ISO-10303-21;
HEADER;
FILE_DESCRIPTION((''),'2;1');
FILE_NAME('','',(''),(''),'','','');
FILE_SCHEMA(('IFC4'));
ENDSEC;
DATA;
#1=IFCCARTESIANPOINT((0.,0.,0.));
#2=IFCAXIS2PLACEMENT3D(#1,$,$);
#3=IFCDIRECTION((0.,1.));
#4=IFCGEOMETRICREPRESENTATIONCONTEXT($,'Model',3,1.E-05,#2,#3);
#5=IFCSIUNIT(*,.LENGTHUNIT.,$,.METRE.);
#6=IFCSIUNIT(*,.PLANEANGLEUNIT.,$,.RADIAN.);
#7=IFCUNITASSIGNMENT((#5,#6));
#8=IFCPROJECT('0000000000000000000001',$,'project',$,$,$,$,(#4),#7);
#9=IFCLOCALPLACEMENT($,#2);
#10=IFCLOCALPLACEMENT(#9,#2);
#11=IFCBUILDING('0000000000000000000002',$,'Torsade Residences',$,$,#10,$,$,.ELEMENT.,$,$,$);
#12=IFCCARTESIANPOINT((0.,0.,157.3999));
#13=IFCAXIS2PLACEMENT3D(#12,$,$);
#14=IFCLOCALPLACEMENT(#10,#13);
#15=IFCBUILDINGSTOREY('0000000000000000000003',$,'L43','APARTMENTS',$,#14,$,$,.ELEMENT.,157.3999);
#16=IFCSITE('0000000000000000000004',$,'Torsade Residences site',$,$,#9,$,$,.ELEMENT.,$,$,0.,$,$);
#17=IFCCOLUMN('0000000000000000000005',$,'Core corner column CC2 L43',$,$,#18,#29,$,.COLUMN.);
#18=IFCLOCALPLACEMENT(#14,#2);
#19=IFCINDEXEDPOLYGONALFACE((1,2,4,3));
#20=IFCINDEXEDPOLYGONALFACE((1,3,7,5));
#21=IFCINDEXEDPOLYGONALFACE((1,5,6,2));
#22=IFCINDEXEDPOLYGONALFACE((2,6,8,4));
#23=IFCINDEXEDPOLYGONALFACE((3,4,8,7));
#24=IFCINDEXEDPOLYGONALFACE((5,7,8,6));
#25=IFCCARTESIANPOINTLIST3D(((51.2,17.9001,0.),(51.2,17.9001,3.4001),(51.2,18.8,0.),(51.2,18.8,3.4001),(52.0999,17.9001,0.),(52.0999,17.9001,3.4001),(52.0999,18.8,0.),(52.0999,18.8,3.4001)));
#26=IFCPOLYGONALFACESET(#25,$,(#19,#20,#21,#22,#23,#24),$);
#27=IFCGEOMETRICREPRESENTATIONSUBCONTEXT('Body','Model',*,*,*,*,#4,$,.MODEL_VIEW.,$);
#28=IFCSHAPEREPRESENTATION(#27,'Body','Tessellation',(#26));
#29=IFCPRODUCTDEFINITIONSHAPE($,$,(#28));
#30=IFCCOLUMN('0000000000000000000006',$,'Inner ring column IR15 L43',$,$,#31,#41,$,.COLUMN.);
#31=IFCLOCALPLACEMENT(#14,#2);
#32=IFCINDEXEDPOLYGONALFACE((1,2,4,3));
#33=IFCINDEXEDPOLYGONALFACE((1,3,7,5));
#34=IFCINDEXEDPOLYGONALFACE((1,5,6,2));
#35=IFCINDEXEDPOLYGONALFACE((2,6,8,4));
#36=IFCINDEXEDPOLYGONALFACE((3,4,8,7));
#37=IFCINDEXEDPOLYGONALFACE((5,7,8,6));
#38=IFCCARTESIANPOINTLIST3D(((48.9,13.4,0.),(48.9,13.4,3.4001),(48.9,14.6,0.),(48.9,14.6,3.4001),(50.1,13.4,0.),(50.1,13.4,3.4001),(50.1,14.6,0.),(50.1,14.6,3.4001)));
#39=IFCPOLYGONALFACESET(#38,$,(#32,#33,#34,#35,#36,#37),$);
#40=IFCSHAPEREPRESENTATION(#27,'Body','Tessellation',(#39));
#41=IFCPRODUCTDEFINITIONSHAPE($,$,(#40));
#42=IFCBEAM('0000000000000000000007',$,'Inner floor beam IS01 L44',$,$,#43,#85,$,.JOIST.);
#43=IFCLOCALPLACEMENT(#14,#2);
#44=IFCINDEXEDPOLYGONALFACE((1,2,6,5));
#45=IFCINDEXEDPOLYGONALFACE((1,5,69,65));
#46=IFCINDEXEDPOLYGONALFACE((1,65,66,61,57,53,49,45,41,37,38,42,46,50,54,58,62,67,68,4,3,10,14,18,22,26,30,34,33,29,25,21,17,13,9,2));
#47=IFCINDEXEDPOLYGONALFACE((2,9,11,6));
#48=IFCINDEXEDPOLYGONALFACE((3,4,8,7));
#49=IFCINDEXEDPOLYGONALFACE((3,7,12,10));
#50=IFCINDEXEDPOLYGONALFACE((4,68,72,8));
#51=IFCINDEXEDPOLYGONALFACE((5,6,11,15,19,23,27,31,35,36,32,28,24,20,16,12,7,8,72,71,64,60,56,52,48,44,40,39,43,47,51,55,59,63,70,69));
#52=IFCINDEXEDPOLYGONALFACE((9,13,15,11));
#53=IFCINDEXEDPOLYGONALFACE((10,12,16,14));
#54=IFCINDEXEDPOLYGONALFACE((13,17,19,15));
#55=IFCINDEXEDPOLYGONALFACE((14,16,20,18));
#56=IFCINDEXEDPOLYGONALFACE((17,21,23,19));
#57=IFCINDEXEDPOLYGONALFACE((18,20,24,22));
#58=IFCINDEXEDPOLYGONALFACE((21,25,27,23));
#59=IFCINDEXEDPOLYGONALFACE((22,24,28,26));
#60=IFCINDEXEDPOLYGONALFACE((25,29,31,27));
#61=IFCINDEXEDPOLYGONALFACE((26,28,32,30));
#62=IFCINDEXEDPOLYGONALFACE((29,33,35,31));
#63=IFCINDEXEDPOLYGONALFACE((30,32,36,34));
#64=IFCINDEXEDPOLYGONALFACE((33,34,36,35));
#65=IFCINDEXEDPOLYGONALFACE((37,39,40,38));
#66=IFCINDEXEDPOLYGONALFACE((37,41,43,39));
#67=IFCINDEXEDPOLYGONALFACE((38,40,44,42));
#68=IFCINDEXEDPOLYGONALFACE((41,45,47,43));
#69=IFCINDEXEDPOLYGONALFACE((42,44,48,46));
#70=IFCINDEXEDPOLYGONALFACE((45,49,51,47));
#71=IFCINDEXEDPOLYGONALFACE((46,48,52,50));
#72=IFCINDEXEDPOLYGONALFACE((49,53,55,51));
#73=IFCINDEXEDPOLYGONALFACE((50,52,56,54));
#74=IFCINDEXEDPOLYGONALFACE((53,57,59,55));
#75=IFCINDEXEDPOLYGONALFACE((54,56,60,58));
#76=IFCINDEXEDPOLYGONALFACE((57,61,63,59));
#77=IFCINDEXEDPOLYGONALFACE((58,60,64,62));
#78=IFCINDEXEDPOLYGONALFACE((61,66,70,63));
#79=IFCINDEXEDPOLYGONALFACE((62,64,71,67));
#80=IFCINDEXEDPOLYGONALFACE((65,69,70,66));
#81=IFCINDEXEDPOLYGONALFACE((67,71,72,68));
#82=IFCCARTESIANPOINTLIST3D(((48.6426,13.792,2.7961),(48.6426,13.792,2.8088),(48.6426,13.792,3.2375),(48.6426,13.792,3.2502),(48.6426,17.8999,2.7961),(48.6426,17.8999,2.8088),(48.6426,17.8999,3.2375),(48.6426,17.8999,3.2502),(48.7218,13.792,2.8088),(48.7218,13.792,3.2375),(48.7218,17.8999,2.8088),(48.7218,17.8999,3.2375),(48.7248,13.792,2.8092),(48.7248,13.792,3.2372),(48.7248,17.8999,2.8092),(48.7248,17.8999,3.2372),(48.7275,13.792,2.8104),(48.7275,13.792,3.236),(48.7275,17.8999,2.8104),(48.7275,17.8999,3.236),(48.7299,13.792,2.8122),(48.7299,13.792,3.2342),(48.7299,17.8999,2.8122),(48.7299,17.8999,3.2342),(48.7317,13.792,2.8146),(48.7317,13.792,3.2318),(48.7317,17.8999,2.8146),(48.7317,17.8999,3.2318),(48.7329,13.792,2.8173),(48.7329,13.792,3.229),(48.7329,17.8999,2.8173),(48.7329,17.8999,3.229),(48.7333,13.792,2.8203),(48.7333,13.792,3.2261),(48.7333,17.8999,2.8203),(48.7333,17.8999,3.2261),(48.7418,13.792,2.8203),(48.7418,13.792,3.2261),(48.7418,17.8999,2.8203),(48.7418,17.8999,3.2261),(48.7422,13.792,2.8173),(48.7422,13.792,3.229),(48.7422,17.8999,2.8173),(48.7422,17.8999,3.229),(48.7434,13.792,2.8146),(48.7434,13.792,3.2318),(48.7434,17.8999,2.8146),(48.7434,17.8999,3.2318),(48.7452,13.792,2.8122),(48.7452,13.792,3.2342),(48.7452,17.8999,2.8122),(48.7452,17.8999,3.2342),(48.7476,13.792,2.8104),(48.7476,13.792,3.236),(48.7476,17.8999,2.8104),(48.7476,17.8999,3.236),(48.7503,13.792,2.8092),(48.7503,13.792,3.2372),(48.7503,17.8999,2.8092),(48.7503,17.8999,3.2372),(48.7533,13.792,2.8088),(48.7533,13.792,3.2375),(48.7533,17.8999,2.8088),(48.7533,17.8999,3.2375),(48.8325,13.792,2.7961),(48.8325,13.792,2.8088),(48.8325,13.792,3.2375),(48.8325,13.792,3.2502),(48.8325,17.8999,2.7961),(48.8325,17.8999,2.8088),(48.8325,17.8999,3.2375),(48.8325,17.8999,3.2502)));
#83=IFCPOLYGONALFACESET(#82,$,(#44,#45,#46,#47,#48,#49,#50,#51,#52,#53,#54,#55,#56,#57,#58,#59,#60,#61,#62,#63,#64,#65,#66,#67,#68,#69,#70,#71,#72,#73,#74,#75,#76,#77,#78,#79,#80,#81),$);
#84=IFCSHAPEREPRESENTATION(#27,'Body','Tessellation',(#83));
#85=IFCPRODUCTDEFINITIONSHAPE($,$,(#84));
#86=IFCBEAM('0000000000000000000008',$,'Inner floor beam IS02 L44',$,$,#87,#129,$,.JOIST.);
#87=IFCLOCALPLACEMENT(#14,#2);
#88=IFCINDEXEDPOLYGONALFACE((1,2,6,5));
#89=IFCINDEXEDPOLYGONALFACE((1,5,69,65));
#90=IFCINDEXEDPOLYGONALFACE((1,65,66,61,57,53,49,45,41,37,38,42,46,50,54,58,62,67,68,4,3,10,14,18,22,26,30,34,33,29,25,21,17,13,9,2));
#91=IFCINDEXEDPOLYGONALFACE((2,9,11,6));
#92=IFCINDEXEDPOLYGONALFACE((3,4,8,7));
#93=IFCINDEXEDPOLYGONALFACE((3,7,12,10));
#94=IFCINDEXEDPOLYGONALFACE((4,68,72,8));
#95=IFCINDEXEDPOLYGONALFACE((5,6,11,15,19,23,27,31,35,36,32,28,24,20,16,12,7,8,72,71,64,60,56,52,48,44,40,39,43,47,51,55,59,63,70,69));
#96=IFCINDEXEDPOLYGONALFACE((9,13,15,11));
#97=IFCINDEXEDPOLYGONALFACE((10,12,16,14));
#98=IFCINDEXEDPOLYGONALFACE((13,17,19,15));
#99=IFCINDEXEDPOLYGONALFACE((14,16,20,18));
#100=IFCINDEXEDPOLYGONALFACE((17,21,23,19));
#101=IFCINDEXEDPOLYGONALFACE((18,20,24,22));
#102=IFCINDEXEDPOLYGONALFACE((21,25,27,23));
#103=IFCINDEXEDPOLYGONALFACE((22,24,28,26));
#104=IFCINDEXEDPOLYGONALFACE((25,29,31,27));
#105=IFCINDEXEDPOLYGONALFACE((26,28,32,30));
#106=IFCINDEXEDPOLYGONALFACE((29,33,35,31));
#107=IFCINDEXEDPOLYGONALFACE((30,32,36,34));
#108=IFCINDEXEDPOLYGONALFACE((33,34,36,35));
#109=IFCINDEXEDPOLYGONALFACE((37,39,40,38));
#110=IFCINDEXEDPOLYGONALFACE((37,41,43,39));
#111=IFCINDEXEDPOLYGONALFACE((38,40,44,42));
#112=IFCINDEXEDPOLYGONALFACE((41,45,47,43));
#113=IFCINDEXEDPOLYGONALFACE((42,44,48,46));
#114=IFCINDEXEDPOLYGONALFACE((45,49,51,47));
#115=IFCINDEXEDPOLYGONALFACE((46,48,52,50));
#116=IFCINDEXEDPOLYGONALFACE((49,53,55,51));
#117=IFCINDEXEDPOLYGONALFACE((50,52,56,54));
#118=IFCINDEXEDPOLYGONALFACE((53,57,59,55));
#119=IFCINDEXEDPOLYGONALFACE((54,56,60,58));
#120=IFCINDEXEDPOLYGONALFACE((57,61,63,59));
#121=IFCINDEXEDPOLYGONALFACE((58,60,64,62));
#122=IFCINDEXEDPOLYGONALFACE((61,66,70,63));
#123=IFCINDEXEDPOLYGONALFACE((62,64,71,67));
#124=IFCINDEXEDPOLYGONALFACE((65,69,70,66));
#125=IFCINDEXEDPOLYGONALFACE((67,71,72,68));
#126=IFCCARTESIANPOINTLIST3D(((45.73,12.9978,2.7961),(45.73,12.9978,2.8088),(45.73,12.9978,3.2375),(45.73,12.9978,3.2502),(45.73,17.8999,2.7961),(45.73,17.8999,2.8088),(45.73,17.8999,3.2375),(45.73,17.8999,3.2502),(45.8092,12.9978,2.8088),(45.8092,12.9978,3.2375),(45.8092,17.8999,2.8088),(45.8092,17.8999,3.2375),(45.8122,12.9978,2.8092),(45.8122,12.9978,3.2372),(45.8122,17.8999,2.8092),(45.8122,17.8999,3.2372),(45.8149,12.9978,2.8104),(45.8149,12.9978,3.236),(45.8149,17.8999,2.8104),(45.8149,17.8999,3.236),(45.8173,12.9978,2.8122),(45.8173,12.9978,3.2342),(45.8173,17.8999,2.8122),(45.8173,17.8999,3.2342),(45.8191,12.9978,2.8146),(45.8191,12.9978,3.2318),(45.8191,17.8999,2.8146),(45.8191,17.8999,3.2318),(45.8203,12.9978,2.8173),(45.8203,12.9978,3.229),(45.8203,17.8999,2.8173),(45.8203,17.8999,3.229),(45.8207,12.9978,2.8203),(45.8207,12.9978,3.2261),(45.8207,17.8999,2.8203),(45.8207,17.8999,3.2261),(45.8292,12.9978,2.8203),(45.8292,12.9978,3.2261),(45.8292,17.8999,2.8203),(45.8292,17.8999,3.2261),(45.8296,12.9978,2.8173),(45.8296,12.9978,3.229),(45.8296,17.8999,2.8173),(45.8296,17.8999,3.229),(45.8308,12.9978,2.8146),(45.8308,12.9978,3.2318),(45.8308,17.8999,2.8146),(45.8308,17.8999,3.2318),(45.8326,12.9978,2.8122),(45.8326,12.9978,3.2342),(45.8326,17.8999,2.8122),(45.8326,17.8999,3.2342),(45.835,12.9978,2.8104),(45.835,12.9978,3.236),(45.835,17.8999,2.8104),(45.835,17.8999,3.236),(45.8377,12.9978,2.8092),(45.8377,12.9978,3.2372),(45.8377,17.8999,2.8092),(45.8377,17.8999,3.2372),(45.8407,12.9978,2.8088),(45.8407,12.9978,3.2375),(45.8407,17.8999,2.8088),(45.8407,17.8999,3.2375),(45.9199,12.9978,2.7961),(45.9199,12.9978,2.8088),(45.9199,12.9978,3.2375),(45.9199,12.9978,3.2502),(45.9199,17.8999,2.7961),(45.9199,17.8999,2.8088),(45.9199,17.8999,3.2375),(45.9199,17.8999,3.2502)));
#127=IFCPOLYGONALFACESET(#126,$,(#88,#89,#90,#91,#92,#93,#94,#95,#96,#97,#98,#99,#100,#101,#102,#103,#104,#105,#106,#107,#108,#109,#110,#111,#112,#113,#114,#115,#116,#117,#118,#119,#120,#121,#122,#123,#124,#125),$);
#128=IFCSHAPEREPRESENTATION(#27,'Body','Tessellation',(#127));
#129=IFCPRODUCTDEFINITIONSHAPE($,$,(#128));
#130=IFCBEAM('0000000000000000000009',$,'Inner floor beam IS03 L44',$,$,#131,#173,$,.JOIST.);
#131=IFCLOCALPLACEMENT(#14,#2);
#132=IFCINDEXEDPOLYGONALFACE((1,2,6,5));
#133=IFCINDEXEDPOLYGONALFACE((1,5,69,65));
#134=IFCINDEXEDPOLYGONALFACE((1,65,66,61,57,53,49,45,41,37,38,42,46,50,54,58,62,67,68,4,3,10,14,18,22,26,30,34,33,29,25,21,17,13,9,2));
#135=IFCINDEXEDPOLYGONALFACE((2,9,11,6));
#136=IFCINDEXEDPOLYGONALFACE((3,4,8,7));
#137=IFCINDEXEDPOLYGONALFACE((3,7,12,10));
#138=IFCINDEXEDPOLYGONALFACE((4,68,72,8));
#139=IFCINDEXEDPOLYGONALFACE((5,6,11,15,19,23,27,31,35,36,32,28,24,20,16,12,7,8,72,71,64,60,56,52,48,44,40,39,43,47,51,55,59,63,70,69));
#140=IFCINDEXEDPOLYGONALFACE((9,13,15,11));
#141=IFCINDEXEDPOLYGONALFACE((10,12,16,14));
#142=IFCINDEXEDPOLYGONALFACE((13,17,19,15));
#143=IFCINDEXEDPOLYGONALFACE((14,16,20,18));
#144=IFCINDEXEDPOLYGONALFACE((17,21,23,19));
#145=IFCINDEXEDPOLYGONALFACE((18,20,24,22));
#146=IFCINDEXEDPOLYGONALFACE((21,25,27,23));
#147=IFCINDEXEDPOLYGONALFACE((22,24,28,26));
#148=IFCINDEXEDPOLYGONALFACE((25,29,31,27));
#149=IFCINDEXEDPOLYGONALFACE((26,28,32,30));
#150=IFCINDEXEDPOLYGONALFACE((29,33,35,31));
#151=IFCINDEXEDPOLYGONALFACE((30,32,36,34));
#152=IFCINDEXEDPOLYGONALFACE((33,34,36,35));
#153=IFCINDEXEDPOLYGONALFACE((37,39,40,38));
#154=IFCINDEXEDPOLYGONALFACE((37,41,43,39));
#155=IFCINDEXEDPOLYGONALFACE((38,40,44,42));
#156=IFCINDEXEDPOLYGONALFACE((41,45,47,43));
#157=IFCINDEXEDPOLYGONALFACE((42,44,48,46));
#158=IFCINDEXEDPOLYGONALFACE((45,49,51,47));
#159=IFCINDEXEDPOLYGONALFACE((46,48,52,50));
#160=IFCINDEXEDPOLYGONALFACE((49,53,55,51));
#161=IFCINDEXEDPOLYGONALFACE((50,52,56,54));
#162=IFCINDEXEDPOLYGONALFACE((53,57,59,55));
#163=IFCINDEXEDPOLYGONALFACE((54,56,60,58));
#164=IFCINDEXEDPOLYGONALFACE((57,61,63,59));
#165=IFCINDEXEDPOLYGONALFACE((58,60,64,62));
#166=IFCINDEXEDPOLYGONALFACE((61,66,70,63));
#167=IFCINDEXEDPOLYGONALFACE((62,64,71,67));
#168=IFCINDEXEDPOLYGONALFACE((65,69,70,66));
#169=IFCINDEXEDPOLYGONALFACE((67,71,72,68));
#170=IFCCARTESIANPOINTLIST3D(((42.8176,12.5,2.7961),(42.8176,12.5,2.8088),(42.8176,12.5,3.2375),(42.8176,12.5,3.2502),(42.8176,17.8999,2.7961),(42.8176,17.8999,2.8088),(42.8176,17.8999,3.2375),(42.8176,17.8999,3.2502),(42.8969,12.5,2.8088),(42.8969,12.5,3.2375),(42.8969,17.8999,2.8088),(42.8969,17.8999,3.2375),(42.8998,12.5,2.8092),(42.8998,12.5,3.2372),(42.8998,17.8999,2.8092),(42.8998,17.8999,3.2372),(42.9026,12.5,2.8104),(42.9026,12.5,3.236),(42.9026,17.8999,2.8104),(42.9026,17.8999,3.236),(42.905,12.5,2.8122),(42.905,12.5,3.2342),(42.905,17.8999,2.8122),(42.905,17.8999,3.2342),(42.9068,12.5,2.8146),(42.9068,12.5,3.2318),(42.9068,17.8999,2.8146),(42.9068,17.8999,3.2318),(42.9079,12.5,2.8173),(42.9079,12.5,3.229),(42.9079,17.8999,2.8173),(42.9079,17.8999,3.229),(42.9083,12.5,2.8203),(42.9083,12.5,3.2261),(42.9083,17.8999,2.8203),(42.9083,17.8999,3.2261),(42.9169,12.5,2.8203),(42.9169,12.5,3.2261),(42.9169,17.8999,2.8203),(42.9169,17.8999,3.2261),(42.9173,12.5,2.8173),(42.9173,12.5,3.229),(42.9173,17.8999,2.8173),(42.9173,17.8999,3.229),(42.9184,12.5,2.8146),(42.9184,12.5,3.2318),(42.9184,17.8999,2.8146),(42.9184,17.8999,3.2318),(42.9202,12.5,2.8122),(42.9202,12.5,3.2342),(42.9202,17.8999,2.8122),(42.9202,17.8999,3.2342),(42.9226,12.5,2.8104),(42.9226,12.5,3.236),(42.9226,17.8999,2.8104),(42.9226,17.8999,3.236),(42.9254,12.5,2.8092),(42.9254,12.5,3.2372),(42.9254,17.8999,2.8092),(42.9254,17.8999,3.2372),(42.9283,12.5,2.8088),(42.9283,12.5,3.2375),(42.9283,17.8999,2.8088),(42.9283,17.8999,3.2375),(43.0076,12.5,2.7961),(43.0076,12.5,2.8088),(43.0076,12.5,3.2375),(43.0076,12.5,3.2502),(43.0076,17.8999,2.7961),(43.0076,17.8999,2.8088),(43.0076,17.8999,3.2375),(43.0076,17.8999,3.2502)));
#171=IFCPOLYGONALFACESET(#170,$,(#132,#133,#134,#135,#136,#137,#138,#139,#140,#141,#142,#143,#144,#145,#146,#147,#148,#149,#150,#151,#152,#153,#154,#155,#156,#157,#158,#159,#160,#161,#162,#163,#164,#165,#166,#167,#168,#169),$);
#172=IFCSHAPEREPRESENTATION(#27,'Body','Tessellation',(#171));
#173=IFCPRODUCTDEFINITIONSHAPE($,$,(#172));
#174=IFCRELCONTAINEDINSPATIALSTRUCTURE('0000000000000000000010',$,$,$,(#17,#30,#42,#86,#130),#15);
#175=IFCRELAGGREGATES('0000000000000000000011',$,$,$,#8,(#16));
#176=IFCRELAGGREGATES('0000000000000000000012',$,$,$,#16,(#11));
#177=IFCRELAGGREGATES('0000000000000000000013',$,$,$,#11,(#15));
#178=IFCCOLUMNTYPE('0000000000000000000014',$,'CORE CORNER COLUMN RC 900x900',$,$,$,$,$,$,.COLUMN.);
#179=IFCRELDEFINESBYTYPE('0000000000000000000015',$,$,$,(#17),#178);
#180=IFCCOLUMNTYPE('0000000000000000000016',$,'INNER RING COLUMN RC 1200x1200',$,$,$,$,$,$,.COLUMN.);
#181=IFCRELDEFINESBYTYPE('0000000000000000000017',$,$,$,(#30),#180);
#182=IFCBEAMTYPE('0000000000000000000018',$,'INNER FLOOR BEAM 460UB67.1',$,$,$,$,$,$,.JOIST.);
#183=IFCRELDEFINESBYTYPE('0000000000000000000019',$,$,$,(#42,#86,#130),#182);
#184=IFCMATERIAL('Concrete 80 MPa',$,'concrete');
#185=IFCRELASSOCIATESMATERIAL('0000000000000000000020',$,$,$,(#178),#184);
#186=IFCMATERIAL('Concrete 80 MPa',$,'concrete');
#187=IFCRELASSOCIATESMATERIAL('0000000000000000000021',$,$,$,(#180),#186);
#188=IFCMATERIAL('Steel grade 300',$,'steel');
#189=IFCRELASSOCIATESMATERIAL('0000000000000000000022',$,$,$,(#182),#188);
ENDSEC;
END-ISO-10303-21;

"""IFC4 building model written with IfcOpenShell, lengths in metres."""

from ifc_helpers import new_model, si_unit, direction, frame, origin, origin_2d, place, context, subcontext, project, spatial, rectangle, i_section, extrude, material, material_profile, profile_set, type_object, element, save


model = new_model("IFC4")

# Units and contexts
model_context = context("Model", 3, precision=1e-05, world=origin(), true_north=direction((0.0, 1.0)))
body_context = subcontext(model_context, "Body", "Model", "MODEL_VIEW")
ifc_project = project(units=[si_unit("LENGTHUNIT", "METRE"), si_unit("PLANEANGLEUNIT", "RADIAN")], contexts=[model_context])

# Site, building, storey
site_placement = place(None, origin())
site = spatial("IfcSite", under=ifc_project, at=site_placement, Name="Torsade Residences site", CompositionType="ELEMENT", RefElevation=0.0)
building_placement = place(site_placement, origin())
building = spatial("IfcBuilding", under=site, at=building_placement, Name="Torsade Residences", CompositionType="ELEMENT")
storey_placement = place(building_placement, frame((0.0, 0.0, 157.3999)))
storey = spatial("IfcBuildingStorey", under=building, at=storey_placement, Name="L43", Description="APARTMENTS", CompositionType="ELEMENT", Elevation=157.3999)

# Columns
ifc_material_1 = material(Name="Concrete 80 MPa", Category="concrete")
ifc_material_profile_1 = material_profile(ifc_material_1, rectangle(XDim=0.8999, YDim=0.8999, at=origin_2d()), Name="RC 900x900")
ifc_profile_set_1 = profile_set([ifc_material_profile_1], Name="Concrete 80 MPa")
column_type_1 = type_object("IfcColumnType", Name="CORE CORNER COLUMN RC 900x900", PredefinedType="COLUMN", material=ifc_profile_set_1)
column_1_placement = place(storey_placement, frame((51.6499, 18.3501, 0.0), z_axis=(0.0, 0.0, 1.0), x_axis=(1.0, 0.0, 0.0)))
element("IfcColumn", 1, at=column_1_placement, inside=storey, type_object=column_type_1, Name="Core corner column CC2 L43", PredefinedType="COLUMN", context=body_context, shape_type="SweptSolid", body=[
    extrude(rectangle(XDim=0.8999, YDim=0.8999, at=origin_2d()), origin(), (0.0, 0.0, 1.0), 3.4001),
])
ifc_material_2 = material(Name="Concrete 80 MPa", Category="concrete")
ifc_material_profile_2 = material_profile(ifc_material_2, rectangle(XDim=1.2, YDim=1.2, at=origin_2d()), Name="RC 1200x1200")
ifc_profile_set_2 = profile_set([ifc_material_profile_2], Name="Concrete 80 MPa")
column_type_2 = type_object("IfcColumnType", Name="INNER RING COLUMN RC 1200x1200", PredefinedType="COLUMN", material=ifc_profile_set_2)
column_2_placement = place(storey_placement, frame((49.5, 14.0, 0.0), z_axis=(0.0, 0.0, 1.0), x_axis=(1.0, 0.0, 0.0)))
element("IfcColumn", 2, at=column_2_placement, inside=storey, type_object=column_type_2, Name="Inner ring column IR15 L43", PredefinedType="COLUMN", context=body_context, shape_type="SweptSolid", body=[
    extrude(rectangle(XDim=1.2, YDim=1.2, at=origin_2d()), origin(), (0.0, 0.0, 1.0), 3.4001),
])

# Beams
ifc_material_3 = material(Name="Steel grade 300", Category="steel")
ifc_material_profile_3 = material_profile(ifc_material_3, i_section(OverallWidth=0.1899, OverallDepth=0.4541, WebThickness=0.0085, FlangeThickness=0.0127, FilletRadius=0.0115, at=origin_2d()), Name="460UB67.1")
ifc_profile_set_3 = profile_set([ifc_material_profile_3], Name="Steel grade 300")
beam_type_1 = type_object("IfcBeamType", Name="INNER FLOOR BEAM 460UB67.1", PredefinedType="JOIST", material=ifc_profile_set_3)
beam_1_placement = place(storey_placement, frame((48.7375, 17.8999, 3.0232), z_axis=(0.0, -1.0, 0.0), x_axis=(1.0, 0.0, 0.0)))
element("IfcBeam", 3, at=beam_1_placement, inside=storey, type_object=beam_type_1, Name="Inner floor beam IS01 L44", PredefinedType="JOIST", context=body_context, shape_type="SweptSolid", body=[
    extrude(i_section(OverallWidth=0.1899, OverallDepth=0.4541, WebThickness=0.0085, FlangeThickness=0.0127, FilletRadius=0.0115, at=origin_2d()), origin(), (0.0, 0.0, 1.0), 4.1079),
])
beam_2_placement = place(storey_placement, frame((45.825, 17.8999, 3.0232), z_axis=(0.0, -1.0, 0.0), x_axis=(1.0, 0.0, 0.0)))
element("IfcBeam", 4, at=beam_2_placement, inside=storey, type_object=beam_type_1, Name="Inner floor beam IS02 L44", PredefinedType="JOIST", context=body_context, shape_type="SweptSolid", body=[
    extrude(i_section(OverallWidth=0.1899, OverallDepth=0.4541, WebThickness=0.0085, FlangeThickness=0.0127, FilletRadius=0.0115, at=origin_2d()), origin(), (0.0, 0.0, 1.0), 4.9021),
])
for number, where, z_axis, x_axis, name in (
    (5, (42.9126, 17.8999, 3.0232), (0.0, -1.0, 0.0), (1.0, 0.0, 0.0), "Inner floor beam IS03 L44"),
):
    element("IfcBeam", number, at=place(storey_placement, frame(where, z_axis=z_axis, x_axis=x_axis)), inside=storey, type_object=beam_type_1, Name=name, PredefinedType="JOIST", context=body_context, shape_type="SweptSolid", body=[
        extrude(i_section(OverallWidth=0.1899, OverallDepth=0.4541, WebThickness=0.0085, FlangeThickness=0.0127, FilletRadius=0.0115, at=origin_2d()), origin(), (0.0, 0.0, 1.0), 5.3999),
    ])

save(model, "model.ifc")
